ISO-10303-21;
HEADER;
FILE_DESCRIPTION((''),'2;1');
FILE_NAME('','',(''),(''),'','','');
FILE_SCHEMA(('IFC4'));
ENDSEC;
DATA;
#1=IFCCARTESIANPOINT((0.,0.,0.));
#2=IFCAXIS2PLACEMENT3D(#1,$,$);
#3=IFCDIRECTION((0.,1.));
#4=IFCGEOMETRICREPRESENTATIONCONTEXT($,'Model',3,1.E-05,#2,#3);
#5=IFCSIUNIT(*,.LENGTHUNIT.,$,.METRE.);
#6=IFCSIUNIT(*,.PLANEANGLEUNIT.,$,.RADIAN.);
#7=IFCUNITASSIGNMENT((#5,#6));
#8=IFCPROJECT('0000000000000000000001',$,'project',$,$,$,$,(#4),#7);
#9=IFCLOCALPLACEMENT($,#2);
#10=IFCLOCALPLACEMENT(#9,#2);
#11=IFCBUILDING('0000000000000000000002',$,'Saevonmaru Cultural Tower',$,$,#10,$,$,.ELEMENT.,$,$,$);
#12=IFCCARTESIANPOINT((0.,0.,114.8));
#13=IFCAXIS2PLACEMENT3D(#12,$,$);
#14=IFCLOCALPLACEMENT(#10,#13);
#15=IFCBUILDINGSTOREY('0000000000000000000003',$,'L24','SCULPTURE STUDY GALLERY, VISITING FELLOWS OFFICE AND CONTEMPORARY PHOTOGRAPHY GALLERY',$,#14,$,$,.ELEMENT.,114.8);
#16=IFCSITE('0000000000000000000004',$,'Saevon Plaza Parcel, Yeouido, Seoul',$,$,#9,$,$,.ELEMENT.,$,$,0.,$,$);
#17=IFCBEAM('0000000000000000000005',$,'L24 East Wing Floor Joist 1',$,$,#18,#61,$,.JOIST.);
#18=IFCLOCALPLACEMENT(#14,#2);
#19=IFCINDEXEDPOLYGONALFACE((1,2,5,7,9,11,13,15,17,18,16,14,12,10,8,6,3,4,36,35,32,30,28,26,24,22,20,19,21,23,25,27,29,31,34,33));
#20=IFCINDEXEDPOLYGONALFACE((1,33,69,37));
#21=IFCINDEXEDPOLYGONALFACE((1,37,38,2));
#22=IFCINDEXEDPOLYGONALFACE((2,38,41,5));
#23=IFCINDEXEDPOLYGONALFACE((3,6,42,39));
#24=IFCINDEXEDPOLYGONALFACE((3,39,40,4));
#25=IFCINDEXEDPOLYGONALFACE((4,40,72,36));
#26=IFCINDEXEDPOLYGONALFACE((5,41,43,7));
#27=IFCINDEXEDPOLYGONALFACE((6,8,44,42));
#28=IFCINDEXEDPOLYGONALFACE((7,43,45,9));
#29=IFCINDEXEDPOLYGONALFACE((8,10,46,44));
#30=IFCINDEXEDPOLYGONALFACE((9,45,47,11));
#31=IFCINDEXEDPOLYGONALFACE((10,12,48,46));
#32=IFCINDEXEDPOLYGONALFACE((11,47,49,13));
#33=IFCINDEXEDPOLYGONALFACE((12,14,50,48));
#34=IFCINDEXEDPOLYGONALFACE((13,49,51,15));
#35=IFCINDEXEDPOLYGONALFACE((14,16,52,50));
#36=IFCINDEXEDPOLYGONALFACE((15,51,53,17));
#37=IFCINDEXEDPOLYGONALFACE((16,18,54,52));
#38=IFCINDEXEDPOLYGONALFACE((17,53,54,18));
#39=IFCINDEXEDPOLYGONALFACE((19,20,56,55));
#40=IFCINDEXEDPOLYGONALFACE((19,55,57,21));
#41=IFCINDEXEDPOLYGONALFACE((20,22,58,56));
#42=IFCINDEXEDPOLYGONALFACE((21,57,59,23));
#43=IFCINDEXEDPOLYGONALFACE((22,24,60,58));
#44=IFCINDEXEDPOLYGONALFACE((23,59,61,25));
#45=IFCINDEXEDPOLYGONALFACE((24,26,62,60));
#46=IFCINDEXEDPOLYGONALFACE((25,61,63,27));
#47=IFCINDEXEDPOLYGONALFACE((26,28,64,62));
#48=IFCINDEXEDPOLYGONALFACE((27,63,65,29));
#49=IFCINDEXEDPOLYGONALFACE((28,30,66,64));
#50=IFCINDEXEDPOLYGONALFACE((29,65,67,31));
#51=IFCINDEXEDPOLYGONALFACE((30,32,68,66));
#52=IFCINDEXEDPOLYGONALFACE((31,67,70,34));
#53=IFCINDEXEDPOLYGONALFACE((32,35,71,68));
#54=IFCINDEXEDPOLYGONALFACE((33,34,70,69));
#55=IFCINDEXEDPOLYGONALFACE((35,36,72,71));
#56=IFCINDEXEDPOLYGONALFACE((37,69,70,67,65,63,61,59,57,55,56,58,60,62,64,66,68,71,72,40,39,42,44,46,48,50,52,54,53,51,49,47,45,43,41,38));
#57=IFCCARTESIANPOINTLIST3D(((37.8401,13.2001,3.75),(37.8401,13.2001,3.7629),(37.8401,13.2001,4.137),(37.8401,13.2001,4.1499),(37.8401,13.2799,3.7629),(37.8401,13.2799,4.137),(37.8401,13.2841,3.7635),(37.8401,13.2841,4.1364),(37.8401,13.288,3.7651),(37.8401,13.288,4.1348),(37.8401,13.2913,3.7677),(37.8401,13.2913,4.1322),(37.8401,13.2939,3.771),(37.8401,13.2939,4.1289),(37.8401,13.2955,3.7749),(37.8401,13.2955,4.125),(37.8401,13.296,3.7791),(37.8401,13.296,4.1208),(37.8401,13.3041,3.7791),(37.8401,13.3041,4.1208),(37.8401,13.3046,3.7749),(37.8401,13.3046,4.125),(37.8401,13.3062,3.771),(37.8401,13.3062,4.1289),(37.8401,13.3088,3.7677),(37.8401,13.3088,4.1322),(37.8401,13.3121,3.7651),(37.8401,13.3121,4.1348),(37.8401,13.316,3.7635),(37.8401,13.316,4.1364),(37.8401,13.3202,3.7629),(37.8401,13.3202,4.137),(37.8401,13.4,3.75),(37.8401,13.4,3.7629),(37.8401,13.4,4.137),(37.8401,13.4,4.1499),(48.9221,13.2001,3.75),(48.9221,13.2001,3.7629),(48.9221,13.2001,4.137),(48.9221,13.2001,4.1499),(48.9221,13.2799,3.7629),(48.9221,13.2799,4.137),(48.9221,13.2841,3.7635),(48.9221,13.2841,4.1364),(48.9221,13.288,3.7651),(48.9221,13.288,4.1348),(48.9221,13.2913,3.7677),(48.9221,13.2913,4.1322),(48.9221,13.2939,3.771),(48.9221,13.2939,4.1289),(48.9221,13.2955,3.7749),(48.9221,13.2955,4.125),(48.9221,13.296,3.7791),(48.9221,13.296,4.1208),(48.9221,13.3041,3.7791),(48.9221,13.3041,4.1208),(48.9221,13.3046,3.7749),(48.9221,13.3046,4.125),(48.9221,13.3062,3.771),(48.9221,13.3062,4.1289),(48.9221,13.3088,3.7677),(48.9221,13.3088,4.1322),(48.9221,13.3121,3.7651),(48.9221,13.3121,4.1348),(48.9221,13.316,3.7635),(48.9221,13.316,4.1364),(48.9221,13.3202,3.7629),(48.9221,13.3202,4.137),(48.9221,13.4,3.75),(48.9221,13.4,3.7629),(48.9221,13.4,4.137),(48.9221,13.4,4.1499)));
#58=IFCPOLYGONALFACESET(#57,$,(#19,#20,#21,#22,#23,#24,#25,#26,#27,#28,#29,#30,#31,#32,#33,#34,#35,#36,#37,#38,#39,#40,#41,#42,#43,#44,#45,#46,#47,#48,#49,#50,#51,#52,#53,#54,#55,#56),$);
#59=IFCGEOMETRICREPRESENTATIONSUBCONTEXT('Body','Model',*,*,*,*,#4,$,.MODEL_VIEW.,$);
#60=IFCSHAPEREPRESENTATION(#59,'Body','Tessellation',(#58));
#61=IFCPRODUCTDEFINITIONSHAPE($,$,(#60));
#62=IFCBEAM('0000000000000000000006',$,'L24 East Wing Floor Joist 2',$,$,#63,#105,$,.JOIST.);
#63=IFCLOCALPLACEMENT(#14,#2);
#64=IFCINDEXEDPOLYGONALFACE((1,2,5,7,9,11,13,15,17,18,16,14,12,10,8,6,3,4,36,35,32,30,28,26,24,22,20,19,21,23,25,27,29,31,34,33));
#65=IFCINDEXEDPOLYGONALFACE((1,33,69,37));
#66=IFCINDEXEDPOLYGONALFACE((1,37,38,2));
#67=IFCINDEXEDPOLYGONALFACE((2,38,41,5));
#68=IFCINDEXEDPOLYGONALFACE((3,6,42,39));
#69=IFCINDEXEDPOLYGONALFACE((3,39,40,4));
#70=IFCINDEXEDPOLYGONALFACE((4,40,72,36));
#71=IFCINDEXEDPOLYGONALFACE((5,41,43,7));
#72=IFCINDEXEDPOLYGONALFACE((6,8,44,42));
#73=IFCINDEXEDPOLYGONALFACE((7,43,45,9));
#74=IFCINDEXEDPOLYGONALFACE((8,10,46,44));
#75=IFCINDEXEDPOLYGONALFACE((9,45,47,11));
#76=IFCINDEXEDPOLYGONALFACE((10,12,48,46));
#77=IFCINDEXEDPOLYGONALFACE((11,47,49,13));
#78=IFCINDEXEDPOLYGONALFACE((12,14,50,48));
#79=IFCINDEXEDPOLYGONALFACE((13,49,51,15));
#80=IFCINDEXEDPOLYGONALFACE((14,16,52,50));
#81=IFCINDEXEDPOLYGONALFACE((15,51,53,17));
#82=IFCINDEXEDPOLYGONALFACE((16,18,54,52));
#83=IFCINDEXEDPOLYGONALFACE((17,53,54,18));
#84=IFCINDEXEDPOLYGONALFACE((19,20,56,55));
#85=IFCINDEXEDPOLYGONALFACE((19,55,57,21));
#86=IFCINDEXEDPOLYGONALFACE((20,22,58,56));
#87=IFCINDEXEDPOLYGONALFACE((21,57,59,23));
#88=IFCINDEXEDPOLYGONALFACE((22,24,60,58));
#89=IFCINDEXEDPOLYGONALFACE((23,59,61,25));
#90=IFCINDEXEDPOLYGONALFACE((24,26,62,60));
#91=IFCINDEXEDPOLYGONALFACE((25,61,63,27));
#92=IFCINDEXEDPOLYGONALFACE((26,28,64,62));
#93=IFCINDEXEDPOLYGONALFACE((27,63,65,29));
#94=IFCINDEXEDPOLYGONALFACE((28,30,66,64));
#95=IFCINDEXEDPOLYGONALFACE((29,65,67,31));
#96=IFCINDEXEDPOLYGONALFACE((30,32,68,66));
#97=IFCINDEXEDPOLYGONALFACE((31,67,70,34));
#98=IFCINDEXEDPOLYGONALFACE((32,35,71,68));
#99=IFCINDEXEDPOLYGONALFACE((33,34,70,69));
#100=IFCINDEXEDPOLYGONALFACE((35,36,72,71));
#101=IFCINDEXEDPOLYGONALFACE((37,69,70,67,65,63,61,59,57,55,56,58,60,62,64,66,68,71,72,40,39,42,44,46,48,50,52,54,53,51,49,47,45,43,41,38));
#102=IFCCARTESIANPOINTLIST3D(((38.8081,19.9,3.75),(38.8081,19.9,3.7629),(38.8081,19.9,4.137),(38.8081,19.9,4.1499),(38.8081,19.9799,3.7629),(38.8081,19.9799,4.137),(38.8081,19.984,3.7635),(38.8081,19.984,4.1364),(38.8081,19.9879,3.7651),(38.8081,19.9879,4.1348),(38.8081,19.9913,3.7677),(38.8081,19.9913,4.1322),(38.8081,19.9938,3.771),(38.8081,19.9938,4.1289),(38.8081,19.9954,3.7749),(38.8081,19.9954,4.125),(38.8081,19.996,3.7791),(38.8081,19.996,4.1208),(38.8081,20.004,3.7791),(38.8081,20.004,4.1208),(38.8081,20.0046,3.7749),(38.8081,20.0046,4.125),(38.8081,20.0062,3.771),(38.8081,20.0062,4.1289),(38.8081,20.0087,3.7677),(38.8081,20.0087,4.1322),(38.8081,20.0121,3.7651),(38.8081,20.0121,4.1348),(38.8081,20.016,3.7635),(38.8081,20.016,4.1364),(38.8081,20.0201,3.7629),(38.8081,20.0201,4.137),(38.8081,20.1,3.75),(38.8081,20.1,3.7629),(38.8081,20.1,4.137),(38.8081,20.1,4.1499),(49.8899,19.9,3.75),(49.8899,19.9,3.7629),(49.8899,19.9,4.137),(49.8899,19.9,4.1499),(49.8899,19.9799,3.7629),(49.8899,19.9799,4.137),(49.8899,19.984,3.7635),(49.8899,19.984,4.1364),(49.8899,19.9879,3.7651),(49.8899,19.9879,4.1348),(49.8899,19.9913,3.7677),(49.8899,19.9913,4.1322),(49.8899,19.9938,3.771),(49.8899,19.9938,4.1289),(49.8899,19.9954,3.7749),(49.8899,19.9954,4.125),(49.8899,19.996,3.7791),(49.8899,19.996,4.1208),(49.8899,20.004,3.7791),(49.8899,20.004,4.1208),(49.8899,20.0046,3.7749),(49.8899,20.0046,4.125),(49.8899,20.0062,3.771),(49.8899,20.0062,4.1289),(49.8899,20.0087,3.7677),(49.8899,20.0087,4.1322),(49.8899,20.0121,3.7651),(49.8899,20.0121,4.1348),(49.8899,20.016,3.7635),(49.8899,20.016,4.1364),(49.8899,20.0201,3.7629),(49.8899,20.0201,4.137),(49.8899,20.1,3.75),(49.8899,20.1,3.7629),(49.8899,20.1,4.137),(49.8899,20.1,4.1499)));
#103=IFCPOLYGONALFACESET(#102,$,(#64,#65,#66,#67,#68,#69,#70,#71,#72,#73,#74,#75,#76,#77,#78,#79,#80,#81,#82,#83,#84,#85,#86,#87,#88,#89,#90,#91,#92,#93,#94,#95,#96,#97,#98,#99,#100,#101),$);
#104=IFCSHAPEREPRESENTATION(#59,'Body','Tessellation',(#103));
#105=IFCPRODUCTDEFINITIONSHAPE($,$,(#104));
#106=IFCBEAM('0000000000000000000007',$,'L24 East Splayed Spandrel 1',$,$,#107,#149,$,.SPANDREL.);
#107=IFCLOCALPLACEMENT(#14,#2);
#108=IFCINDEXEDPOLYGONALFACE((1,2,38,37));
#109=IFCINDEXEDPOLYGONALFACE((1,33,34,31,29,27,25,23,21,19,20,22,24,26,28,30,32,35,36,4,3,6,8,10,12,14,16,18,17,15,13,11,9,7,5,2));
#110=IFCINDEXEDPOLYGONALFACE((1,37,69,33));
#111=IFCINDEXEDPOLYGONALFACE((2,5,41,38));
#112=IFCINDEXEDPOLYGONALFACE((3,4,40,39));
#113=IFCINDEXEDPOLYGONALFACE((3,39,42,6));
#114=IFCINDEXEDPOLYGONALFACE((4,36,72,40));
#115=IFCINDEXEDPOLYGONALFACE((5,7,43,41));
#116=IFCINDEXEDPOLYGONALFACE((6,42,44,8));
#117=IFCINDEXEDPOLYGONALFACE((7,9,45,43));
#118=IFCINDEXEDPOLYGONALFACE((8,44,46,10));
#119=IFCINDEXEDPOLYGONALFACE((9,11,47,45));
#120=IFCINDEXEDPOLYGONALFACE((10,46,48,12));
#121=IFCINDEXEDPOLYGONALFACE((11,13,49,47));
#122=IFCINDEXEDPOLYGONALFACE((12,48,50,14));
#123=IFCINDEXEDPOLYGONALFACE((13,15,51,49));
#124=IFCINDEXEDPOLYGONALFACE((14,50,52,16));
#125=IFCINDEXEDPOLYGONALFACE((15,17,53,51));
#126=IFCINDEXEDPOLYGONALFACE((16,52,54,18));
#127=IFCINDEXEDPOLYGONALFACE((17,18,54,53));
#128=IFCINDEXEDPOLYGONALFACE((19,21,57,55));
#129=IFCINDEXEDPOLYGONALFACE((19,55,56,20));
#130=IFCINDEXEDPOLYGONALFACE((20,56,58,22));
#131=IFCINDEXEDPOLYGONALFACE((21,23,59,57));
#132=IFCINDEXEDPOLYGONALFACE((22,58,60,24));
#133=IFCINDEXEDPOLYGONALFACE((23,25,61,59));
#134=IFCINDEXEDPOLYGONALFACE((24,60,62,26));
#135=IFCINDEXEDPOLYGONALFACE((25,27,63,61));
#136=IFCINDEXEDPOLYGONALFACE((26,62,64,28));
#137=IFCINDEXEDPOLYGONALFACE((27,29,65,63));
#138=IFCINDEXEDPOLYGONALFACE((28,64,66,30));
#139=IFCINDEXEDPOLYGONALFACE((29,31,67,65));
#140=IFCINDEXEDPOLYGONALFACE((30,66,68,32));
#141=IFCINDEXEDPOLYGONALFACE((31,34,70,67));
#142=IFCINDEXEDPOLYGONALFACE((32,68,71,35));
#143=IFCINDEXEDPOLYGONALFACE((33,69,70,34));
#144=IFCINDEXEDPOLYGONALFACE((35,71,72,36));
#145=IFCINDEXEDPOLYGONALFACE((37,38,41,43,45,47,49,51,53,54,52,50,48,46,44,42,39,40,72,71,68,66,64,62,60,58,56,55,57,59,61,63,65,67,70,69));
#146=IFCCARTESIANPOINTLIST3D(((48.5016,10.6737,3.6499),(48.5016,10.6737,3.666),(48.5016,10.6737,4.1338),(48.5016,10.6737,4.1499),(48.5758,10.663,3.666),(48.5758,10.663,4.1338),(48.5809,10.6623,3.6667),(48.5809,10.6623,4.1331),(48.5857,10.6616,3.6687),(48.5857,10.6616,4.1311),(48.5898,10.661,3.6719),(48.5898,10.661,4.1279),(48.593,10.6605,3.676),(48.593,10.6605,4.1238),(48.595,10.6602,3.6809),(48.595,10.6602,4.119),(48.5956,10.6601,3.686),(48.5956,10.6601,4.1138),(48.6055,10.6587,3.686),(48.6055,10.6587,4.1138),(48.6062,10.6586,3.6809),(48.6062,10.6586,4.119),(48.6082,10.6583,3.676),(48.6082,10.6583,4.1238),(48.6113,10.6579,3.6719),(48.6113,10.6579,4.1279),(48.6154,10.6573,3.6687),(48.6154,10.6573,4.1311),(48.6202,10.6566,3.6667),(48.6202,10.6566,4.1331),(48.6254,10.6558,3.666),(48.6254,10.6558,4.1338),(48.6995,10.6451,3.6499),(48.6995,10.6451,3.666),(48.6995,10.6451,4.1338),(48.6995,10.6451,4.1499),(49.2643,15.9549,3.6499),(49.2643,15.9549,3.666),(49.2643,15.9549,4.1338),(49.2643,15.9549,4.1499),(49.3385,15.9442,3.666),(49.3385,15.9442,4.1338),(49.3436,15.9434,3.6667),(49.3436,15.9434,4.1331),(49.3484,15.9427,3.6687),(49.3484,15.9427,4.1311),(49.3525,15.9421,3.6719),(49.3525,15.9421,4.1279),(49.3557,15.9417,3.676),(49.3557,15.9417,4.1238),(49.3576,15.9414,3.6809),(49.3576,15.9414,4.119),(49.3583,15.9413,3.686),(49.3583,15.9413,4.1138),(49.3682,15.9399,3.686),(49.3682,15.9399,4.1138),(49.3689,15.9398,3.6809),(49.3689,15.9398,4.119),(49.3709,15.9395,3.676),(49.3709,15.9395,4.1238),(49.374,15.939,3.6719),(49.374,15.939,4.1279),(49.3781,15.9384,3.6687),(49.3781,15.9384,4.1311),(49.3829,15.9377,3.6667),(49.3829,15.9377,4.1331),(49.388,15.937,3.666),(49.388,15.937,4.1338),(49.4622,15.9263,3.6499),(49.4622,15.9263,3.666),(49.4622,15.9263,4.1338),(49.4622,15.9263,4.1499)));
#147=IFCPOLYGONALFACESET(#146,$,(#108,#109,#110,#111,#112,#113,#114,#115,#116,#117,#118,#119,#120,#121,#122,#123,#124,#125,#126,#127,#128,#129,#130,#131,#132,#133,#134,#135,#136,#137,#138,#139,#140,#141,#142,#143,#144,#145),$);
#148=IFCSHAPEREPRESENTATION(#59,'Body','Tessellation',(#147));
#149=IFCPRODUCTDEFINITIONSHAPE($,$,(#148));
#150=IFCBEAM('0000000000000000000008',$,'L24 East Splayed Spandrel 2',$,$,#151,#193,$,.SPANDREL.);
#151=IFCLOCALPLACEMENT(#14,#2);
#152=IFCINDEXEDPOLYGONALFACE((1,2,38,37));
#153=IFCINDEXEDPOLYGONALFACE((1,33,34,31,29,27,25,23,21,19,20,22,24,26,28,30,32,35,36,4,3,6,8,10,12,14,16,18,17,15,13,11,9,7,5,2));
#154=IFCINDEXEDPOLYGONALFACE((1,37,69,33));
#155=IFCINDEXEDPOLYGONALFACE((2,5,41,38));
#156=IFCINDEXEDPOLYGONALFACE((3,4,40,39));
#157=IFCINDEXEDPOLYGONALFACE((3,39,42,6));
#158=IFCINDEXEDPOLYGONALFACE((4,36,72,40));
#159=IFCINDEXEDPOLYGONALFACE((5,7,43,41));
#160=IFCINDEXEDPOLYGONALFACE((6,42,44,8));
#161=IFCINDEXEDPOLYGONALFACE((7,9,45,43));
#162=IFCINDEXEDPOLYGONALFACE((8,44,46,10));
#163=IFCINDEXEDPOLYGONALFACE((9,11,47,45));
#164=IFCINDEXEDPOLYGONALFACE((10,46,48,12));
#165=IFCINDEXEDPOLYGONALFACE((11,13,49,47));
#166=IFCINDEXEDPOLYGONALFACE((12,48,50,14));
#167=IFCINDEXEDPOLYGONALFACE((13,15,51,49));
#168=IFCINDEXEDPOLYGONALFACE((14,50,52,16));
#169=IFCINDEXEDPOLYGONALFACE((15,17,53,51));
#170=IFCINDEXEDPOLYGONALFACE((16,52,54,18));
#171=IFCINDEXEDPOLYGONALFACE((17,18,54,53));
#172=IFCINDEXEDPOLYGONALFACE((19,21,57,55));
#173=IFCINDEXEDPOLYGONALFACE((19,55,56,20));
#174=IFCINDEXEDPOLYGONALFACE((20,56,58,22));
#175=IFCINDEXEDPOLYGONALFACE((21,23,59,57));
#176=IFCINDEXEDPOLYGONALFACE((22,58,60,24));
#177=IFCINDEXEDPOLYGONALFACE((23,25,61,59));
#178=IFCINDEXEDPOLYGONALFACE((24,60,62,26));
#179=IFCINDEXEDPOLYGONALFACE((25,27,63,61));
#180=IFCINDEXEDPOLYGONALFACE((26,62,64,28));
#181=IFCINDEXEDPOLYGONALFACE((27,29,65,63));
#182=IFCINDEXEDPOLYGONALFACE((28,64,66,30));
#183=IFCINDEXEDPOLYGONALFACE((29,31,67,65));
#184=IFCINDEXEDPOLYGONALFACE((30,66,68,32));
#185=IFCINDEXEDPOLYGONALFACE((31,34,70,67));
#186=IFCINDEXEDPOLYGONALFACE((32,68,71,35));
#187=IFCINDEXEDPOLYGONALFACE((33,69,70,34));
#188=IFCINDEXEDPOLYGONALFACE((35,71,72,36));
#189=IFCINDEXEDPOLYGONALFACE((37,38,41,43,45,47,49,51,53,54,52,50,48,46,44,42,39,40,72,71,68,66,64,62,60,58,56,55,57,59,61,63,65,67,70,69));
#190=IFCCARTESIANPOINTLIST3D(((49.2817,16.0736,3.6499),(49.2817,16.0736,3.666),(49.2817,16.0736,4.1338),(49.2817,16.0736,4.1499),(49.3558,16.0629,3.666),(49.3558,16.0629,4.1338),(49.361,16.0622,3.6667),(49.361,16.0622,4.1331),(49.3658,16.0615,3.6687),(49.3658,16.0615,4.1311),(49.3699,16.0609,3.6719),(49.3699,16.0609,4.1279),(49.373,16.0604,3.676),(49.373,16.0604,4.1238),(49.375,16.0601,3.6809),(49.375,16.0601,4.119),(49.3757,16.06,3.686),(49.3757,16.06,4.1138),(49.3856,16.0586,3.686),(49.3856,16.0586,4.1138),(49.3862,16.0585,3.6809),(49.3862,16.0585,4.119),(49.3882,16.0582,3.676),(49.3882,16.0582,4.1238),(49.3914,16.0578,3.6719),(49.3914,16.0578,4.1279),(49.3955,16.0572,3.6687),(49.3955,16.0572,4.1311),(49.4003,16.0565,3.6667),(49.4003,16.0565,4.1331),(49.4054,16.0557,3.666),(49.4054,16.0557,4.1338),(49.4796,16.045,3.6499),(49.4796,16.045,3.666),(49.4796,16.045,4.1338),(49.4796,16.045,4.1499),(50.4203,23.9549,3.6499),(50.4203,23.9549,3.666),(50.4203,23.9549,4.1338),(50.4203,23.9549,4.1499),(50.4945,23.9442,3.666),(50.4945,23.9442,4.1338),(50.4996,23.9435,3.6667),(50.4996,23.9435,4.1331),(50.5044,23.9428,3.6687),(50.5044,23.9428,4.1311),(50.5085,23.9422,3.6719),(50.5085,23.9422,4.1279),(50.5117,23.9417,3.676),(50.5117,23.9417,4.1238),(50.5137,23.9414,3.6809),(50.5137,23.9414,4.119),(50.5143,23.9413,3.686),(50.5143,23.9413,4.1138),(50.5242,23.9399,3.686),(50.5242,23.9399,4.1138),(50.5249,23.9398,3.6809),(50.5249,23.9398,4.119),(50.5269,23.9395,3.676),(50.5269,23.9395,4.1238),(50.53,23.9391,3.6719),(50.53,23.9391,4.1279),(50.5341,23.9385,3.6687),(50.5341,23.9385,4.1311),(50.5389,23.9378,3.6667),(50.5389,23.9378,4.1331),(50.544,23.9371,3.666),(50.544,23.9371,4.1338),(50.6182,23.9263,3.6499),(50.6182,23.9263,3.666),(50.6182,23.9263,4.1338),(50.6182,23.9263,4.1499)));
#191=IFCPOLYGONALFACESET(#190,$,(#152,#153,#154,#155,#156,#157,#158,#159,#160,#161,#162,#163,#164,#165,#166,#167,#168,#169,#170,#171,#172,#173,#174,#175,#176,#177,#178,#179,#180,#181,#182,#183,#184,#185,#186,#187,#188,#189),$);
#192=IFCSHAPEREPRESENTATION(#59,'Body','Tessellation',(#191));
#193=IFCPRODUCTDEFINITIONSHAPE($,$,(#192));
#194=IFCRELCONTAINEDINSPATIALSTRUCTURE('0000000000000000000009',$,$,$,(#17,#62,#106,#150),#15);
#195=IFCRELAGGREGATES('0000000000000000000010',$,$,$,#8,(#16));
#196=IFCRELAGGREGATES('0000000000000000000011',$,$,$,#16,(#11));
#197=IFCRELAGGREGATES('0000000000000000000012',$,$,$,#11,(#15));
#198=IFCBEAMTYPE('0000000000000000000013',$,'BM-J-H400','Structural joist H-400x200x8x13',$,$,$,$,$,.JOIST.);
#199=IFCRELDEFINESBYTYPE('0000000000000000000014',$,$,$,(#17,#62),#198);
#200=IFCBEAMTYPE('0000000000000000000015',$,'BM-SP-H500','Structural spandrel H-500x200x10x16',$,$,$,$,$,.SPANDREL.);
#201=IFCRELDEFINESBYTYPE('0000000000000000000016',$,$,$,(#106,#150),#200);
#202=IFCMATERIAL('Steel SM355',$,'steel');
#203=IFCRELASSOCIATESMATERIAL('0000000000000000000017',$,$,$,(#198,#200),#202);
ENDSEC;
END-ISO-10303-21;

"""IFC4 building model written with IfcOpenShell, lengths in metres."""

from ifc_helpers import new_model, si_unit, direction, frame, origin, origin_2d, place, context, subcontext, project, spatial, i_section, extrude, material, material_profile, profile_set, type_object, element, save


model = new_model("IFC4")

# Units and contexts
model_context = context("Model", 3, precision=1e-05, world=origin(), true_north=direction((0.0, 1.0)))
body_context = subcontext(model_context, "Body", "Model", "MODEL_VIEW")
ifc_project = project(units=[si_unit("LENGTHUNIT", "METRE"), si_unit("PLANEANGLEUNIT", "RADIAN")], contexts=[model_context])

# Site, building, storey
site_placement = place(None, origin())
site = spatial("IfcSite", under=ifc_project, at=site_placement, Name="Saevon Plaza Parcel, Yeouido, Seoul", CompositionType="ELEMENT", RefElevation=0.0)
building_placement = place(site_placement, origin())
building = spatial("IfcBuilding", under=site, at=building_placement, Name="Saevonmaru Cultural Tower", CompositionType="ELEMENT")
storey_placement = place(building_placement, frame((0.0, 0.0, 114.8)))
storey = spatial("IfcBuildingStorey", under=building, at=storey_placement, Name="L24", Description="SCULPTURE STUDY GALLERY, VISITING FELLOWS OFFICE AND CONTEMPORARY PHOTOGRAPHY GALLERY", CompositionType="ELEMENT", Elevation=114.8)

# Shared definitions
ifc_material_1 = material(Name="Steel SM355", Category="steel")

# Beams
ifc_material_profile_1 = material_profile(ifc_material_1, i_section(OverallWidth=0.2, OverallDepth=0.3999, WebThickness=0.0081, FlangeThickness=0.0129, FilletRadius=0.0161, at=origin_2d()), Name="H-400x200x8x13")
ifc_profile_set_1 = profile_set([ifc_material_profile_1], Name="Steel SM355")
beam_type_1 = type_object("IfcBeamType", Name="BM-J-H400", Description="Structural joist H-400x200x8x13", PredefinedType="JOIST", material=ifc_profile_set_1)
beam_1_placement = place(storey_placement, frame((37.8401, 13.3, 3.95), z_axis=(1.0, 0.0, 0.0), x_axis=(0.0, 1.0, 0.0)))
element("IfcBeam", 1, at=beam_1_placement, inside=storey, type_object=beam_type_1, Name="L24 East Wing Floor Joist 1", PredefinedType="JOIST", context=body_context, shape_type="SweptSolid", body=[
    extrude(i_section(OverallWidth=0.2, OverallDepth=0.3999, WebThickness=0.0081, FlangeThickness=0.0129, FilletRadius=0.0161, at=origin_2d()), origin(), (0.0, 0.0, 1.0), 11.082),
])
beam_2_placement = place(storey_placement, frame((38.8081, 20.0, 3.95), z_axis=(1.0, 0.0, 0.0), x_axis=(0.0, 1.0, 0.0)))
element("IfcBeam", 2, at=beam_2_placement, inside=storey, type_object=beam_type_1, Name="L24 East Wing Floor Joist 2", PredefinedType="JOIST", context=body_context, shape_type="SweptSolid", body=[
    extrude(i_section(OverallWidth=0.2, OverallDepth=0.3999, WebThickness=0.0081, FlangeThickness=0.0129, FilletRadius=0.0161, at=origin_2d()), origin(), (0.0, 0.0, 1.0), 11.0818),
])
ifc_material_profile_2 = material_profile(ifc_material_1, i_section(OverallWidth=0.2, OverallDepth=0.5, WebThickness=0.01, FlangeThickness=0.0161, FilletRadius=0.02, at=origin_2d()), Name="H-500x200x10x16")
ifc_profile_set_2 = profile_set([ifc_material_profile_2], Name="Steel SM355")
beam_type_2 = type_object("IfcBeamType", Name="BM-SP-H500", Description="Structural spandrel H-500x200x10x16", PredefinedType="SPANDREL", material=ifc_profile_set_2)
beam_3_placement = place(storey_placement, frame((48.6006, 10.6594, 3.8999), z_axis=(0.142933, 0.989732, 0.0), x_axis=(-0.989732, 0.142933, 0.0)))
element("IfcBeam", 3, at=beam_3_placement, inside=storey, type_object=beam_type_2, Name="L24 East Splayed Spandrel 1", PredefinedType="SPANDREL", context=body_context, shape_type="SweptSolid", body=[
    extrude(i_section(OverallWidth=0.2, OverallDepth=0.5, WebThickness=0.01, FlangeThickness=0.0161, FilletRadius=0.02, at=origin_2d()), origin(), (0.0, 0.0, 1.0), 5.3359),
])
beam_4_placement = place(storey_placement, frame((49.3806, 16.0593, 3.8999), z_axis=(0.142992, 0.989724, 0.0), x_axis=(-0.989724, 0.142992, 0.0)))
element("IfcBeam", 4, at=beam_4_placement, inside=storey, type_object=beam_type_2, Name="L24 East Splayed Spandrel 2", PredefinedType="SPANDREL", context=body_context, shape_type="SweptSolid", body=[
    extrude(i_section(OverallWidth=0.2, OverallDepth=0.5, WebThickness=0.01, FlangeThickness=0.0161, FilletRadius=0.02, at=origin_2d()), origin(), (0.0, 0.0, 1.0), 7.9631),
])

save(model, "model.ifc")
